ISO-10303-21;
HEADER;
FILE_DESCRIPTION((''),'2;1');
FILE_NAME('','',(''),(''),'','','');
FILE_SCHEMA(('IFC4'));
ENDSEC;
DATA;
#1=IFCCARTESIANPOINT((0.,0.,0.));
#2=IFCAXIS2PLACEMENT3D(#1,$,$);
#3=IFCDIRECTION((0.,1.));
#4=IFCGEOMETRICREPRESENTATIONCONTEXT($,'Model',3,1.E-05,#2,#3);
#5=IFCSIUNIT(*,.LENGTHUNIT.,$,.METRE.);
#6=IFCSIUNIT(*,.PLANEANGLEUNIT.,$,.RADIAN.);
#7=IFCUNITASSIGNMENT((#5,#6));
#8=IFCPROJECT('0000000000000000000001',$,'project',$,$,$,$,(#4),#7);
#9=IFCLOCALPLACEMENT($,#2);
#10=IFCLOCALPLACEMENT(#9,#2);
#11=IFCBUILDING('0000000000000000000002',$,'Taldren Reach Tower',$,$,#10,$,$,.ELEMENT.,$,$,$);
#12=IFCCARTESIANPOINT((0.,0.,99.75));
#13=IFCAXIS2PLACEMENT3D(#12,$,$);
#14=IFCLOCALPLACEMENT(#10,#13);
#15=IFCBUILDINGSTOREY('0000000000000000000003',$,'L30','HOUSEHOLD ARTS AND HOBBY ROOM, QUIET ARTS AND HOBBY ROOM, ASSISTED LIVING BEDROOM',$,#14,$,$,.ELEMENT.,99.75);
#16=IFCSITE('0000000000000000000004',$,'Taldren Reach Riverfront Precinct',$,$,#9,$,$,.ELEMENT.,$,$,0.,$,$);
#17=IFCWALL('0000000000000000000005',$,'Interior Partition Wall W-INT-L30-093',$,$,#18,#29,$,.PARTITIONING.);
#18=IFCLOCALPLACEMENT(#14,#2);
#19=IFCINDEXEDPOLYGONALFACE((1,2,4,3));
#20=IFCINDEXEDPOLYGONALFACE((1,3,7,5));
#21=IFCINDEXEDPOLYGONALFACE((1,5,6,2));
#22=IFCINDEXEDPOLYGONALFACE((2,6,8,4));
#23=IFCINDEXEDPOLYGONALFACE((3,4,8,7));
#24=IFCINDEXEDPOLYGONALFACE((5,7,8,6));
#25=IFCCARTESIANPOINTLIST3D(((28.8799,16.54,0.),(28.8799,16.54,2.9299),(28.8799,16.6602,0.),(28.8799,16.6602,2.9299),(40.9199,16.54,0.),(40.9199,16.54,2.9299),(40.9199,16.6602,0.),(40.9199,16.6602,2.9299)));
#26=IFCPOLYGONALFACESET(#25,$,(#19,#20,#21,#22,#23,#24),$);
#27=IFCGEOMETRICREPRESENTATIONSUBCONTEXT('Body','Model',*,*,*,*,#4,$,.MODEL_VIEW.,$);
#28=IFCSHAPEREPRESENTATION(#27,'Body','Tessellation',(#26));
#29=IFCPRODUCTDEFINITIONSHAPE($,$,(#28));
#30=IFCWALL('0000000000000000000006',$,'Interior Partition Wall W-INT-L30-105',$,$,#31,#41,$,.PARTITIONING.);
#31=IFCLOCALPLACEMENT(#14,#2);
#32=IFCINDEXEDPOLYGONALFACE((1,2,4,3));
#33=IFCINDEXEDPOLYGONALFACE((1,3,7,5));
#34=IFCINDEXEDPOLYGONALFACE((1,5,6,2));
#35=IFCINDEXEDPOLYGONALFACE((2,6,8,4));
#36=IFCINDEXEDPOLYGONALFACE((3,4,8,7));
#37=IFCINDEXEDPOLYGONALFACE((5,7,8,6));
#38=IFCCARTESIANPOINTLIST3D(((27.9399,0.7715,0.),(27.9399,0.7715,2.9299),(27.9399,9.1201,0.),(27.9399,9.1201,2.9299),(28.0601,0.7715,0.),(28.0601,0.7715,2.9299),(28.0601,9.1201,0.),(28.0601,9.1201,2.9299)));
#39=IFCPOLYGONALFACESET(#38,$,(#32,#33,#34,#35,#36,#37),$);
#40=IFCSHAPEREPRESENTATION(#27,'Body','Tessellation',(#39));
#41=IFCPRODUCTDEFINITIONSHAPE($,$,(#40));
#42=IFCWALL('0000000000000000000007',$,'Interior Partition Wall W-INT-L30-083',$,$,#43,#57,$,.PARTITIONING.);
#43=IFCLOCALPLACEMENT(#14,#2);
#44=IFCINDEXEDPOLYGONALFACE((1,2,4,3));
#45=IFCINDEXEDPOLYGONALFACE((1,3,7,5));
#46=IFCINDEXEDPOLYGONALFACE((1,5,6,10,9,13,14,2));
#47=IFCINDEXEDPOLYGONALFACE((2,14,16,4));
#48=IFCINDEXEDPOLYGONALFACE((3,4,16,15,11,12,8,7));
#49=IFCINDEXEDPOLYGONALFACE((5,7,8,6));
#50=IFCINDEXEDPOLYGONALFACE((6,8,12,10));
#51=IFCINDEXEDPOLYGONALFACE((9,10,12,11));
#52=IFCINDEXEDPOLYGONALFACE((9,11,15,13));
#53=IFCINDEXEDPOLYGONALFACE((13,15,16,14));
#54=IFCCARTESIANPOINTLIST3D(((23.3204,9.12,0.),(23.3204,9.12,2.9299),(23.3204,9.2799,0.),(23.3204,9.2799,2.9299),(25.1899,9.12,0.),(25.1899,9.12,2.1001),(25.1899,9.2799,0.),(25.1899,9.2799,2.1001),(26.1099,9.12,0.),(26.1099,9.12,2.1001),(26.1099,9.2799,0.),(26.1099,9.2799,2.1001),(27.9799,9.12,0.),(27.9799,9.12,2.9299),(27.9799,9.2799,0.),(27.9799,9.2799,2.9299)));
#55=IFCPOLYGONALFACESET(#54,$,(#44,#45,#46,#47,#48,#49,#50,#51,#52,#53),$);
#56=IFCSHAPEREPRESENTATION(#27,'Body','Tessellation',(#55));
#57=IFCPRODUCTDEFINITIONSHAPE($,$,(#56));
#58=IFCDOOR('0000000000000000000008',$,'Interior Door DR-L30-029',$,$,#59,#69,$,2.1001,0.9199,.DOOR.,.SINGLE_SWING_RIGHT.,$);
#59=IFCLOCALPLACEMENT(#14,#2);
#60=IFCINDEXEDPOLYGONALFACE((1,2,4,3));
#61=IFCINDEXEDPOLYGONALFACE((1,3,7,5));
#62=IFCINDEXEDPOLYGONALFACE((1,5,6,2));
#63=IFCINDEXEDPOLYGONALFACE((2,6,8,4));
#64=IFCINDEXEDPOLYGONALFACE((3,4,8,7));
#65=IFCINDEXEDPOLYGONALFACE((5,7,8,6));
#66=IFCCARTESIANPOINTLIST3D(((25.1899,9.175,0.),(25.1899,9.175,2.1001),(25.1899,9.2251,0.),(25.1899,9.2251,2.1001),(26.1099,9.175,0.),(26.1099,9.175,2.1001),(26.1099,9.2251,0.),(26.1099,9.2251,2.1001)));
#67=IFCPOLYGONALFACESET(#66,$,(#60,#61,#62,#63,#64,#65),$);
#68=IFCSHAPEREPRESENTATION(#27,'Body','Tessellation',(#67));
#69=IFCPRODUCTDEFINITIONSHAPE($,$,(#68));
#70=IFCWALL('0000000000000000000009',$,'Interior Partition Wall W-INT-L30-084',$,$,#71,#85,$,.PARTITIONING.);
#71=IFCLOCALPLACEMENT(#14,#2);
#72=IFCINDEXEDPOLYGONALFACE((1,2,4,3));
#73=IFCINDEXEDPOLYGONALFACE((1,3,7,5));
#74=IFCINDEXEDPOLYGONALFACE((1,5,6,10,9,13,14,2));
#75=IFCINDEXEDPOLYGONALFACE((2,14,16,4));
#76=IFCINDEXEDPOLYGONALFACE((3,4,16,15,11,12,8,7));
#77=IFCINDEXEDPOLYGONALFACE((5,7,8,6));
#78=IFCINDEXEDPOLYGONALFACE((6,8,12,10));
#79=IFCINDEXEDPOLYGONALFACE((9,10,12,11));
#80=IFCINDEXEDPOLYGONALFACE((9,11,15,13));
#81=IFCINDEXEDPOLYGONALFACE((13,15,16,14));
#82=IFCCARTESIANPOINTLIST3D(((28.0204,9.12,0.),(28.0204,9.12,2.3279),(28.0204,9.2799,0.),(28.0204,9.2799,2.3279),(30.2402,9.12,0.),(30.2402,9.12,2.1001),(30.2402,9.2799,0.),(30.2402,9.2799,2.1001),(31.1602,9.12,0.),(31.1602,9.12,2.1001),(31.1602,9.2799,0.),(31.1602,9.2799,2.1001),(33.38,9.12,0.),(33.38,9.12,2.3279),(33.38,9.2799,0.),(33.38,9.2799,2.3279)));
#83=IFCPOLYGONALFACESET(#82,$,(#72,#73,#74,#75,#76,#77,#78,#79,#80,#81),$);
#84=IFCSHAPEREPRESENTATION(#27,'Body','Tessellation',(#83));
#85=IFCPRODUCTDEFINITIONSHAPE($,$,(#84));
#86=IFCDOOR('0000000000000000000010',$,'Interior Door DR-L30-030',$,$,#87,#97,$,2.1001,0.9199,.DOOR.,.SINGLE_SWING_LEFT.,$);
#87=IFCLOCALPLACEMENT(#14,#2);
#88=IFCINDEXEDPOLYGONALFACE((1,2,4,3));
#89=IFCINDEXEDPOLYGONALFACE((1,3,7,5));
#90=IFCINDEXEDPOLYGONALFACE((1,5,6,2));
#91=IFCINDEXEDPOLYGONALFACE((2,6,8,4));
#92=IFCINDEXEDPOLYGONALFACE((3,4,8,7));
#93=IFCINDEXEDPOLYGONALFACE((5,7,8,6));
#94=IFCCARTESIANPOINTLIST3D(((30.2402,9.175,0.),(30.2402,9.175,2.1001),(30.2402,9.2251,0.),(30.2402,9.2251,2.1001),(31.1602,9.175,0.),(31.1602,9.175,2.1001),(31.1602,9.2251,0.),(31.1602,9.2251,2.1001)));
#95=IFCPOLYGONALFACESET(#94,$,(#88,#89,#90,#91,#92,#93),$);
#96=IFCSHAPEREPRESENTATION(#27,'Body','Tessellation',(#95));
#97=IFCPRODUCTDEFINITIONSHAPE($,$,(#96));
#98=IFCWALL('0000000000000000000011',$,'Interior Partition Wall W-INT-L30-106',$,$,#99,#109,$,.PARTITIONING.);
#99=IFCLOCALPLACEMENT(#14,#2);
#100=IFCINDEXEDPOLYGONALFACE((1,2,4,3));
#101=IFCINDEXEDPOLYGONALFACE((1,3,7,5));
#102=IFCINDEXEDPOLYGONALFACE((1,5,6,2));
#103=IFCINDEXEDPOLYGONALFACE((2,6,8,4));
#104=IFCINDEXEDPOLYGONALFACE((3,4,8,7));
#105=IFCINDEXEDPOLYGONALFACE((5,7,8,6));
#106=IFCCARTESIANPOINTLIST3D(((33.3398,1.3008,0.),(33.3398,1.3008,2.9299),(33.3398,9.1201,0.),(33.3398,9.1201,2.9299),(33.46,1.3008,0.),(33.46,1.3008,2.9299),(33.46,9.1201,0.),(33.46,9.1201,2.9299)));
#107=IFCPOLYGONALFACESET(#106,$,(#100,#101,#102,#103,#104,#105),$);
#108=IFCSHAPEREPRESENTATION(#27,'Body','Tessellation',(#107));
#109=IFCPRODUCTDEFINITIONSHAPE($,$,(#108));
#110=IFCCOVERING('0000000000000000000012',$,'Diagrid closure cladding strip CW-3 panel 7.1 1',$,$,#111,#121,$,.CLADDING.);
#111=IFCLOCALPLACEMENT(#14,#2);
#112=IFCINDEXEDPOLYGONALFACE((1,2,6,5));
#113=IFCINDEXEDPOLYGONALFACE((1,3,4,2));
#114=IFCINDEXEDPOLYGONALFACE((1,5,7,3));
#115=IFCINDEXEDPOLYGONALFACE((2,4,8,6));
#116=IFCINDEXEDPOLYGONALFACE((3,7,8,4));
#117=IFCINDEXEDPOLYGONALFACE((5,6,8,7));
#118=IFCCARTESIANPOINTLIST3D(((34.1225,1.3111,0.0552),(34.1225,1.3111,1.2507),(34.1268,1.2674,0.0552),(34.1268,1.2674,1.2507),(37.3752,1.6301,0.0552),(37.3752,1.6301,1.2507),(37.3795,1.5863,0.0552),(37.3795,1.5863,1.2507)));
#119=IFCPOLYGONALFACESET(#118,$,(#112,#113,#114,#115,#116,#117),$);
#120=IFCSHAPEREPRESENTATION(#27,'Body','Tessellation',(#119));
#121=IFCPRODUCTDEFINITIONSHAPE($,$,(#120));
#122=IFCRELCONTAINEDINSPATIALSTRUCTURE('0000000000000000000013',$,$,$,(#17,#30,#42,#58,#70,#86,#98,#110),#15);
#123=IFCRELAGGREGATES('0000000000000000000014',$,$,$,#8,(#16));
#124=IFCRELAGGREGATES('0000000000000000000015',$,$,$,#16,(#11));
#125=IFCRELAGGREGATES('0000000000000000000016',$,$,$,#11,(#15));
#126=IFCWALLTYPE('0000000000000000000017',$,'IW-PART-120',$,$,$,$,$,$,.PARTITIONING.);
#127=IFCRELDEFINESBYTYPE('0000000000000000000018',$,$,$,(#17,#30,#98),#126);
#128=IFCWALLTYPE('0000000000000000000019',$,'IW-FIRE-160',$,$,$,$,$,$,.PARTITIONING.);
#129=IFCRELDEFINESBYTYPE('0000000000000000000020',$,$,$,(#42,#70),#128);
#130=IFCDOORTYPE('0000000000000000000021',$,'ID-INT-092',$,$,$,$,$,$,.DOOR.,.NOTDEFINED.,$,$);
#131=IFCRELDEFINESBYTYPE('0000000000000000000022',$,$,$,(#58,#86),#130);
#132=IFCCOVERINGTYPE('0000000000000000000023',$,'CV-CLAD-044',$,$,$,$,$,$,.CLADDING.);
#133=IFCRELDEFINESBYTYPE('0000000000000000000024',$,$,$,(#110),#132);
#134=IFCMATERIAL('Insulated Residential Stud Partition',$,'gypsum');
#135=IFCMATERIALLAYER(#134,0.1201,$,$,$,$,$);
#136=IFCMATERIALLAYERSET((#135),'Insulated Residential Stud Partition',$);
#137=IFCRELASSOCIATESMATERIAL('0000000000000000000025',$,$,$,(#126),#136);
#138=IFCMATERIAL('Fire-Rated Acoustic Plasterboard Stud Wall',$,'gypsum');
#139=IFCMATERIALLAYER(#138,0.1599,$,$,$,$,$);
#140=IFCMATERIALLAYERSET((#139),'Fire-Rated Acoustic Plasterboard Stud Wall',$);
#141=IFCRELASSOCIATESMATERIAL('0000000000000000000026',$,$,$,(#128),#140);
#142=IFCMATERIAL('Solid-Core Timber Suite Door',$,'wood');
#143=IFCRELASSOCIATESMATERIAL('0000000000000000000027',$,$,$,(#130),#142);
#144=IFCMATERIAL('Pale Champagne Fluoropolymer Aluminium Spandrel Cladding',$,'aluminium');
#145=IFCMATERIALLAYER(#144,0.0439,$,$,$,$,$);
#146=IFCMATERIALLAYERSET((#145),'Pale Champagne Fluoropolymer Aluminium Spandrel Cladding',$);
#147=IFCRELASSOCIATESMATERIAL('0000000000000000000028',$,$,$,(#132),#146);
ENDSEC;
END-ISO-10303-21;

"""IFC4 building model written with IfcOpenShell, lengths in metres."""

from ifc_helpers import new_model, si_unit, direction, frame, frame_2d, origin, origin_2d, place, context, subcontext, project, spatial, rectangle, extrude, source, transform, mapped, material, layer, layer_set, type_object, element, fill, save


model = new_model("IFC4")

# Units and contexts
model_context = context("Model", 3, precision=1e-05, world=origin(), true_north=direction((0.0, 1.0)))
body_context = subcontext(model_context, "Body", "Model", "MODEL_VIEW")
ifc_project = project(units=[si_unit("LENGTHUNIT", "METRE"), si_unit("PLANEANGLEUNIT", "RADIAN")], contexts=[model_context])

# Site, building, storey
site_placement = place(None, origin())
site = spatial("IfcSite", under=ifc_project, at=site_placement, Name="Taldren Reach Riverfront Precinct", CompositionType="ELEMENT", RefElevation=0.0)
building_placement = place(site_placement, origin())
building = spatial("IfcBuilding", under=site, at=building_placement, Name="Taldren Reach Tower", CompositionType="ELEMENT")
storey_placement = place(building_placement, frame((0.0, 0.0, 99.75)))
storey = spatial("IfcBuildingStorey", under=building, at=storey_placement, Name="L30", Description="HOUSEHOLD ARTS AND HOBBY ROOM, QUIET ARTS AND HOBBY ROOM, ASSISTED LIVING BEDROOM", CompositionType="ELEMENT", Elevation=99.75)

# Shared definitions
ifc_material_1 = material(Name="Insulated Residential Stud Partition", Category="gypsum")
ifc_layer_1 = layer(ifc_material_1, 0.1201)
ifc_layer_set_1 = layer_set([ifc_layer_1], Name="Insulated Residential Stud Partition")
wall_type_1 = type_object("IfcWallType", Name="IW-PART-120", PredefinedType="PARTITIONING", material=ifc_layer_set_1)

# Shared definitions
ifc_material_2 = material(Name="Fire-Rated Acoustic Plasterboard Stud Wall", Category="gypsum")
ifc_layer_2 = layer(ifc_material_2, 0.1599)
ifc_layer_set_2 = layer_set([ifc_layer_2], Name="Fire-Rated Acoustic Plasterboard Stud Wall")
wall_type_2 = type_object("IfcWallType", Name="IW-FIRE-160", PredefinedType="PARTITIONING", material=ifc_layer_set_2)

# Walls
shared_shape_1 = source(origin(), body_context, "Body", "SweptSolid", [
    extrude(rectangle(XDim=12.04, YDim=0.1201, at=frame_2d((6.02, 0.0))), origin(), (0.0, 0.0, 1.0), 2.9299),
])
wall_1_placement = place(storey_placement, frame((28.8799, 16.6001, 0.0), z_axis=(0.0, 0.0, 1.0), x_axis=(1.0, 0.0, 0.0)))
element("IfcWall", 1, at=wall_1_placement, inside=storey, type_object=wall_type_1, Name="Interior Partition Wall W-INT-L30-093", PredefinedType="PARTITIONING", context=body_context, shape_type="MappedRepresentation", body=[
    mapped(shared_shape_1, transform((0.0, 0.0, 0.0), scale=1.0)),
])
shared_shape_2 = source(origin(), body_context, "Body", "SweptSolid", [
    extrude(rectangle(XDim=8.3486, YDim=0.1201, at=frame_2d((4.1743, 0.0))), origin(), (0.0, 0.0, 1.0), 2.9299),
])
wall_2_placement = place(storey_placement, frame((28.0, 9.1201, 0.0), z_axis=(0.0, 0.0, 1.0), x_axis=(0.0, -1.0, 0.0)))
element("IfcWall", 2, at=wall_2_placement, inside=storey, type_object=wall_type_1, Name="Interior Partition Wall W-INT-L30-105", PredefinedType="PARTITIONING", context=body_context, shape_type="MappedRepresentation", body=[
    mapped(shared_shape_2, transform((0.0, 0.0, 0.0), scale=1.0)),
])

# Walls, openings, doors
shared_shape_3 = source(origin(), body_context, "Body", "SweptSolid", [
    extrude(rectangle(XDim=4.6594, YDim=0.1599, at=frame_2d((2.3296, 0.0))), origin(), (0.0, 0.0, 1.0), 2.9299),
])
wall_3_placement = place(storey_placement, frame((27.9797, 9.2, 0.0), z_axis=(0.0, 0.0, 1.0), x_axis=(-1.0, 0.0, 0.0)))
wall_3 = element("IfcWall", 3, at=wall_3_placement, inside=storey, type_object=wall_type_2, Name="Interior Partition Wall W-INT-L30-083", PredefinedType="PARTITIONING", context=body_context, shape_type="MappedRepresentation", body=[
    mapped(shared_shape_3, transform((0.0, 0.0, 0.0), scale=1.0)),
])
shared_shape_4 = source(origin(), body_context, "Body", "SweptSolid", [
    extrude(rectangle(XDim=0.9199, YDim=2.1001, at=frame_2d((0.46, 1.05))), frame((0.0, 0.0898, 0.0), z_axis=(0.0, -1.0, 0.0), x_axis=(1.0, 0.0, 0.0)), (0.0, 0.0, 1.0), 0.1799),
])
opening_1_placement = place(wall_3_placement, frame((1.8699, 0.0, 0.0)))
opening_1 = element("IfcOpeningElement", 4, at=opening_1_placement, cuts=wall_3, PredefinedType="OPENING", context=body_context, shape_type="MappedRepresentation", body=[
    mapped(shared_shape_4, transform((0.0, 0.0, 0.0), scale=1.0)),
])
ifc_material_3 = material(Name="Solid-Core Timber Suite Door", Category="wood")
door_type_1 = type_object("IfcDoorType", Name="ID-INT-092", OperationType="NOTDEFINED", PredefinedType="DOOR", material=ifc_material_3)
shared_shape_5 = source(origin(), body_context, "Body", "SweptSolid", [
    extrude(rectangle(XDim=0.9199, YDim=2.1001, at=frame_2d((0.46, 1.05))), frame((0.0, 0.0249, 0.0), z_axis=(0.0, -1.0, 0.0), x_axis=(1.0, 0.0, 0.0)), (0.0, 0.0, 1.0), 0.05),
])
door_1_placement = place(opening_1_placement, origin())
door_1 = element("IfcDoor", 5, at=door_1_placement, inside=storey, type_object=door_type_1, Name="Interior Door DR-L30-029", OperationType="SINGLE_SWING_RIGHT", OverallHeight=2.1001, OverallWidth=0.9199, PredefinedType="DOOR", context=body_context, shape_type="MappedRepresentation", body=[
    mapped(shared_shape_5, transform((0.0, 0.0, 0.0), scale=1.0)),
])
fill(opening_1, door_1)
shared_shape_6 = source(origin(), body_context, "Body", "SweptSolid", [
    extrude(rectangle(XDim=5.3596, YDim=0.1599, at=frame_2d((2.6797, 0.0))), origin(), (0.0, 0.0, 1.0), 2.3279),
])
wall_4_placement = place(storey_placement, frame((33.3799, 9.2, 0.0), z_axis=(0.0, 0.0, 1.0), x_axis=(-1.0, 0.0, 0.0)))
wall_4 = element("IfcWall", 6, at=wall_4_placement, inside=storey, type_object=wall_type_2, Name="Interior Partition Wall W-INT-L30-084", PredefinedType="PARTITIONING", context=body_context, shape_type="MappedRepresentation", body=[
    mapped(shared_shape_6, transform((0.0, 0.0, 0.0), scale=1.0)),
])
opening_2_placement = place(wall_4_placement, frame((2.2197, 0.0, 0.0)))
opening_2 = element("IfcOpeningElement", 7, at=opening_2_placement, cuts=wall_4, PredefinedType="OPENING", context=body_context, shape_type="MappedRepresentation", body=[
    mapped(shared_shape_4, transform((0.0, 0.0, 0.0), scale=1.0)),
])
door_2_placement = place(opening_2_placement, origin())
door_2 = element("IfcDoor", 8, at=door_2_placement, inside=storey, type_object=door_type_1, Name="Interior Door DR-L30-030", OperationType="SINGLE_SWING_LEFT", OverallHeight=2.1001, OverallWidth=0.9199, PredefinedType="DOOR", context=body_context, shape_type="MappedRepresentation", body=[
    mapped(shared_shape_5, transform((0.0, 0.0, 0.0), scale=1.0)),
])
fill(opening_2, door_2)

# Wall
shared_shape_7 = source(origin(), body_context, "Body", "SweptSolid", [
    extrude(rectangle(XDim=7.8193, YDim=0.1201, at=frame_2d((3.9097, 0.0))), origin(), (0.0, 0.0, 1.0), 2.9299),
])
wall_5_placement = place(storey_placement, frame((33.3999, 9.1201, 0.0), z_axis=(0.0, 0.0, 1.0), x_axis=(0.0, -1.0, 0.0)))
element("IfcWall", 9, at=wall_5_placement, inside=storey, type_object=wall_type_1, Name="Interior Partition Wall W-INT-L30-106", PredefinedType="PARTITIONING", context=body_context, shape_type="MappedRepresentation", body=[
    mapped(shared_shape_7, transform((0.0, 0.0, 0.0), scale=1.0)),
])

# Covering
ifc_material_4 = material(Name="Pale Champagne Fluoropolymer Aluminium Spandrel Cladding", Category="aluminium")
ifc_layer_3 = layer(ifc_material_4, 0.0439)
ifc_layer_set_3 = layer_set([ifc_layer_3], Name="Pale Champagne Fluoropolymer Aluminium Spandrel Cladding")
covering_type = type_object("IfcCoveringType", Name="CV-CLAD-044", PredefinedType="CLADDING", material=ifc_layer_set_3)
shared_shape_8 = source(origin(), body_context, "Body", "SweptSolid", [
    extrude(rectangle(XDim=3.2683, YDim=0.0439, at=origin_2d()), origin(), (0.0, 0.0, 1.0), 1.1956),
])
covering_placement = place(storey_placement, frame((35.751, 1.4487, 0.0552), z_axis=(0.0, 0.0, 1.0), x_axis=(0.995227, 0.097583, 0.0)))
element("IfcCovering", 10, at=covering_placement, inside=storey, type_object=covering_type, Name="Diagrid closure cladding strip CW-3 panel 7.1 1", PredefinedType="CLADDING", context=body_context, shape_type="MappedRepresentation", body=[
    mapped(shared_shape_8, transform((0.0, 0.0, 0.0), scale=1.0)),
])

save(model, "model.ifc")
